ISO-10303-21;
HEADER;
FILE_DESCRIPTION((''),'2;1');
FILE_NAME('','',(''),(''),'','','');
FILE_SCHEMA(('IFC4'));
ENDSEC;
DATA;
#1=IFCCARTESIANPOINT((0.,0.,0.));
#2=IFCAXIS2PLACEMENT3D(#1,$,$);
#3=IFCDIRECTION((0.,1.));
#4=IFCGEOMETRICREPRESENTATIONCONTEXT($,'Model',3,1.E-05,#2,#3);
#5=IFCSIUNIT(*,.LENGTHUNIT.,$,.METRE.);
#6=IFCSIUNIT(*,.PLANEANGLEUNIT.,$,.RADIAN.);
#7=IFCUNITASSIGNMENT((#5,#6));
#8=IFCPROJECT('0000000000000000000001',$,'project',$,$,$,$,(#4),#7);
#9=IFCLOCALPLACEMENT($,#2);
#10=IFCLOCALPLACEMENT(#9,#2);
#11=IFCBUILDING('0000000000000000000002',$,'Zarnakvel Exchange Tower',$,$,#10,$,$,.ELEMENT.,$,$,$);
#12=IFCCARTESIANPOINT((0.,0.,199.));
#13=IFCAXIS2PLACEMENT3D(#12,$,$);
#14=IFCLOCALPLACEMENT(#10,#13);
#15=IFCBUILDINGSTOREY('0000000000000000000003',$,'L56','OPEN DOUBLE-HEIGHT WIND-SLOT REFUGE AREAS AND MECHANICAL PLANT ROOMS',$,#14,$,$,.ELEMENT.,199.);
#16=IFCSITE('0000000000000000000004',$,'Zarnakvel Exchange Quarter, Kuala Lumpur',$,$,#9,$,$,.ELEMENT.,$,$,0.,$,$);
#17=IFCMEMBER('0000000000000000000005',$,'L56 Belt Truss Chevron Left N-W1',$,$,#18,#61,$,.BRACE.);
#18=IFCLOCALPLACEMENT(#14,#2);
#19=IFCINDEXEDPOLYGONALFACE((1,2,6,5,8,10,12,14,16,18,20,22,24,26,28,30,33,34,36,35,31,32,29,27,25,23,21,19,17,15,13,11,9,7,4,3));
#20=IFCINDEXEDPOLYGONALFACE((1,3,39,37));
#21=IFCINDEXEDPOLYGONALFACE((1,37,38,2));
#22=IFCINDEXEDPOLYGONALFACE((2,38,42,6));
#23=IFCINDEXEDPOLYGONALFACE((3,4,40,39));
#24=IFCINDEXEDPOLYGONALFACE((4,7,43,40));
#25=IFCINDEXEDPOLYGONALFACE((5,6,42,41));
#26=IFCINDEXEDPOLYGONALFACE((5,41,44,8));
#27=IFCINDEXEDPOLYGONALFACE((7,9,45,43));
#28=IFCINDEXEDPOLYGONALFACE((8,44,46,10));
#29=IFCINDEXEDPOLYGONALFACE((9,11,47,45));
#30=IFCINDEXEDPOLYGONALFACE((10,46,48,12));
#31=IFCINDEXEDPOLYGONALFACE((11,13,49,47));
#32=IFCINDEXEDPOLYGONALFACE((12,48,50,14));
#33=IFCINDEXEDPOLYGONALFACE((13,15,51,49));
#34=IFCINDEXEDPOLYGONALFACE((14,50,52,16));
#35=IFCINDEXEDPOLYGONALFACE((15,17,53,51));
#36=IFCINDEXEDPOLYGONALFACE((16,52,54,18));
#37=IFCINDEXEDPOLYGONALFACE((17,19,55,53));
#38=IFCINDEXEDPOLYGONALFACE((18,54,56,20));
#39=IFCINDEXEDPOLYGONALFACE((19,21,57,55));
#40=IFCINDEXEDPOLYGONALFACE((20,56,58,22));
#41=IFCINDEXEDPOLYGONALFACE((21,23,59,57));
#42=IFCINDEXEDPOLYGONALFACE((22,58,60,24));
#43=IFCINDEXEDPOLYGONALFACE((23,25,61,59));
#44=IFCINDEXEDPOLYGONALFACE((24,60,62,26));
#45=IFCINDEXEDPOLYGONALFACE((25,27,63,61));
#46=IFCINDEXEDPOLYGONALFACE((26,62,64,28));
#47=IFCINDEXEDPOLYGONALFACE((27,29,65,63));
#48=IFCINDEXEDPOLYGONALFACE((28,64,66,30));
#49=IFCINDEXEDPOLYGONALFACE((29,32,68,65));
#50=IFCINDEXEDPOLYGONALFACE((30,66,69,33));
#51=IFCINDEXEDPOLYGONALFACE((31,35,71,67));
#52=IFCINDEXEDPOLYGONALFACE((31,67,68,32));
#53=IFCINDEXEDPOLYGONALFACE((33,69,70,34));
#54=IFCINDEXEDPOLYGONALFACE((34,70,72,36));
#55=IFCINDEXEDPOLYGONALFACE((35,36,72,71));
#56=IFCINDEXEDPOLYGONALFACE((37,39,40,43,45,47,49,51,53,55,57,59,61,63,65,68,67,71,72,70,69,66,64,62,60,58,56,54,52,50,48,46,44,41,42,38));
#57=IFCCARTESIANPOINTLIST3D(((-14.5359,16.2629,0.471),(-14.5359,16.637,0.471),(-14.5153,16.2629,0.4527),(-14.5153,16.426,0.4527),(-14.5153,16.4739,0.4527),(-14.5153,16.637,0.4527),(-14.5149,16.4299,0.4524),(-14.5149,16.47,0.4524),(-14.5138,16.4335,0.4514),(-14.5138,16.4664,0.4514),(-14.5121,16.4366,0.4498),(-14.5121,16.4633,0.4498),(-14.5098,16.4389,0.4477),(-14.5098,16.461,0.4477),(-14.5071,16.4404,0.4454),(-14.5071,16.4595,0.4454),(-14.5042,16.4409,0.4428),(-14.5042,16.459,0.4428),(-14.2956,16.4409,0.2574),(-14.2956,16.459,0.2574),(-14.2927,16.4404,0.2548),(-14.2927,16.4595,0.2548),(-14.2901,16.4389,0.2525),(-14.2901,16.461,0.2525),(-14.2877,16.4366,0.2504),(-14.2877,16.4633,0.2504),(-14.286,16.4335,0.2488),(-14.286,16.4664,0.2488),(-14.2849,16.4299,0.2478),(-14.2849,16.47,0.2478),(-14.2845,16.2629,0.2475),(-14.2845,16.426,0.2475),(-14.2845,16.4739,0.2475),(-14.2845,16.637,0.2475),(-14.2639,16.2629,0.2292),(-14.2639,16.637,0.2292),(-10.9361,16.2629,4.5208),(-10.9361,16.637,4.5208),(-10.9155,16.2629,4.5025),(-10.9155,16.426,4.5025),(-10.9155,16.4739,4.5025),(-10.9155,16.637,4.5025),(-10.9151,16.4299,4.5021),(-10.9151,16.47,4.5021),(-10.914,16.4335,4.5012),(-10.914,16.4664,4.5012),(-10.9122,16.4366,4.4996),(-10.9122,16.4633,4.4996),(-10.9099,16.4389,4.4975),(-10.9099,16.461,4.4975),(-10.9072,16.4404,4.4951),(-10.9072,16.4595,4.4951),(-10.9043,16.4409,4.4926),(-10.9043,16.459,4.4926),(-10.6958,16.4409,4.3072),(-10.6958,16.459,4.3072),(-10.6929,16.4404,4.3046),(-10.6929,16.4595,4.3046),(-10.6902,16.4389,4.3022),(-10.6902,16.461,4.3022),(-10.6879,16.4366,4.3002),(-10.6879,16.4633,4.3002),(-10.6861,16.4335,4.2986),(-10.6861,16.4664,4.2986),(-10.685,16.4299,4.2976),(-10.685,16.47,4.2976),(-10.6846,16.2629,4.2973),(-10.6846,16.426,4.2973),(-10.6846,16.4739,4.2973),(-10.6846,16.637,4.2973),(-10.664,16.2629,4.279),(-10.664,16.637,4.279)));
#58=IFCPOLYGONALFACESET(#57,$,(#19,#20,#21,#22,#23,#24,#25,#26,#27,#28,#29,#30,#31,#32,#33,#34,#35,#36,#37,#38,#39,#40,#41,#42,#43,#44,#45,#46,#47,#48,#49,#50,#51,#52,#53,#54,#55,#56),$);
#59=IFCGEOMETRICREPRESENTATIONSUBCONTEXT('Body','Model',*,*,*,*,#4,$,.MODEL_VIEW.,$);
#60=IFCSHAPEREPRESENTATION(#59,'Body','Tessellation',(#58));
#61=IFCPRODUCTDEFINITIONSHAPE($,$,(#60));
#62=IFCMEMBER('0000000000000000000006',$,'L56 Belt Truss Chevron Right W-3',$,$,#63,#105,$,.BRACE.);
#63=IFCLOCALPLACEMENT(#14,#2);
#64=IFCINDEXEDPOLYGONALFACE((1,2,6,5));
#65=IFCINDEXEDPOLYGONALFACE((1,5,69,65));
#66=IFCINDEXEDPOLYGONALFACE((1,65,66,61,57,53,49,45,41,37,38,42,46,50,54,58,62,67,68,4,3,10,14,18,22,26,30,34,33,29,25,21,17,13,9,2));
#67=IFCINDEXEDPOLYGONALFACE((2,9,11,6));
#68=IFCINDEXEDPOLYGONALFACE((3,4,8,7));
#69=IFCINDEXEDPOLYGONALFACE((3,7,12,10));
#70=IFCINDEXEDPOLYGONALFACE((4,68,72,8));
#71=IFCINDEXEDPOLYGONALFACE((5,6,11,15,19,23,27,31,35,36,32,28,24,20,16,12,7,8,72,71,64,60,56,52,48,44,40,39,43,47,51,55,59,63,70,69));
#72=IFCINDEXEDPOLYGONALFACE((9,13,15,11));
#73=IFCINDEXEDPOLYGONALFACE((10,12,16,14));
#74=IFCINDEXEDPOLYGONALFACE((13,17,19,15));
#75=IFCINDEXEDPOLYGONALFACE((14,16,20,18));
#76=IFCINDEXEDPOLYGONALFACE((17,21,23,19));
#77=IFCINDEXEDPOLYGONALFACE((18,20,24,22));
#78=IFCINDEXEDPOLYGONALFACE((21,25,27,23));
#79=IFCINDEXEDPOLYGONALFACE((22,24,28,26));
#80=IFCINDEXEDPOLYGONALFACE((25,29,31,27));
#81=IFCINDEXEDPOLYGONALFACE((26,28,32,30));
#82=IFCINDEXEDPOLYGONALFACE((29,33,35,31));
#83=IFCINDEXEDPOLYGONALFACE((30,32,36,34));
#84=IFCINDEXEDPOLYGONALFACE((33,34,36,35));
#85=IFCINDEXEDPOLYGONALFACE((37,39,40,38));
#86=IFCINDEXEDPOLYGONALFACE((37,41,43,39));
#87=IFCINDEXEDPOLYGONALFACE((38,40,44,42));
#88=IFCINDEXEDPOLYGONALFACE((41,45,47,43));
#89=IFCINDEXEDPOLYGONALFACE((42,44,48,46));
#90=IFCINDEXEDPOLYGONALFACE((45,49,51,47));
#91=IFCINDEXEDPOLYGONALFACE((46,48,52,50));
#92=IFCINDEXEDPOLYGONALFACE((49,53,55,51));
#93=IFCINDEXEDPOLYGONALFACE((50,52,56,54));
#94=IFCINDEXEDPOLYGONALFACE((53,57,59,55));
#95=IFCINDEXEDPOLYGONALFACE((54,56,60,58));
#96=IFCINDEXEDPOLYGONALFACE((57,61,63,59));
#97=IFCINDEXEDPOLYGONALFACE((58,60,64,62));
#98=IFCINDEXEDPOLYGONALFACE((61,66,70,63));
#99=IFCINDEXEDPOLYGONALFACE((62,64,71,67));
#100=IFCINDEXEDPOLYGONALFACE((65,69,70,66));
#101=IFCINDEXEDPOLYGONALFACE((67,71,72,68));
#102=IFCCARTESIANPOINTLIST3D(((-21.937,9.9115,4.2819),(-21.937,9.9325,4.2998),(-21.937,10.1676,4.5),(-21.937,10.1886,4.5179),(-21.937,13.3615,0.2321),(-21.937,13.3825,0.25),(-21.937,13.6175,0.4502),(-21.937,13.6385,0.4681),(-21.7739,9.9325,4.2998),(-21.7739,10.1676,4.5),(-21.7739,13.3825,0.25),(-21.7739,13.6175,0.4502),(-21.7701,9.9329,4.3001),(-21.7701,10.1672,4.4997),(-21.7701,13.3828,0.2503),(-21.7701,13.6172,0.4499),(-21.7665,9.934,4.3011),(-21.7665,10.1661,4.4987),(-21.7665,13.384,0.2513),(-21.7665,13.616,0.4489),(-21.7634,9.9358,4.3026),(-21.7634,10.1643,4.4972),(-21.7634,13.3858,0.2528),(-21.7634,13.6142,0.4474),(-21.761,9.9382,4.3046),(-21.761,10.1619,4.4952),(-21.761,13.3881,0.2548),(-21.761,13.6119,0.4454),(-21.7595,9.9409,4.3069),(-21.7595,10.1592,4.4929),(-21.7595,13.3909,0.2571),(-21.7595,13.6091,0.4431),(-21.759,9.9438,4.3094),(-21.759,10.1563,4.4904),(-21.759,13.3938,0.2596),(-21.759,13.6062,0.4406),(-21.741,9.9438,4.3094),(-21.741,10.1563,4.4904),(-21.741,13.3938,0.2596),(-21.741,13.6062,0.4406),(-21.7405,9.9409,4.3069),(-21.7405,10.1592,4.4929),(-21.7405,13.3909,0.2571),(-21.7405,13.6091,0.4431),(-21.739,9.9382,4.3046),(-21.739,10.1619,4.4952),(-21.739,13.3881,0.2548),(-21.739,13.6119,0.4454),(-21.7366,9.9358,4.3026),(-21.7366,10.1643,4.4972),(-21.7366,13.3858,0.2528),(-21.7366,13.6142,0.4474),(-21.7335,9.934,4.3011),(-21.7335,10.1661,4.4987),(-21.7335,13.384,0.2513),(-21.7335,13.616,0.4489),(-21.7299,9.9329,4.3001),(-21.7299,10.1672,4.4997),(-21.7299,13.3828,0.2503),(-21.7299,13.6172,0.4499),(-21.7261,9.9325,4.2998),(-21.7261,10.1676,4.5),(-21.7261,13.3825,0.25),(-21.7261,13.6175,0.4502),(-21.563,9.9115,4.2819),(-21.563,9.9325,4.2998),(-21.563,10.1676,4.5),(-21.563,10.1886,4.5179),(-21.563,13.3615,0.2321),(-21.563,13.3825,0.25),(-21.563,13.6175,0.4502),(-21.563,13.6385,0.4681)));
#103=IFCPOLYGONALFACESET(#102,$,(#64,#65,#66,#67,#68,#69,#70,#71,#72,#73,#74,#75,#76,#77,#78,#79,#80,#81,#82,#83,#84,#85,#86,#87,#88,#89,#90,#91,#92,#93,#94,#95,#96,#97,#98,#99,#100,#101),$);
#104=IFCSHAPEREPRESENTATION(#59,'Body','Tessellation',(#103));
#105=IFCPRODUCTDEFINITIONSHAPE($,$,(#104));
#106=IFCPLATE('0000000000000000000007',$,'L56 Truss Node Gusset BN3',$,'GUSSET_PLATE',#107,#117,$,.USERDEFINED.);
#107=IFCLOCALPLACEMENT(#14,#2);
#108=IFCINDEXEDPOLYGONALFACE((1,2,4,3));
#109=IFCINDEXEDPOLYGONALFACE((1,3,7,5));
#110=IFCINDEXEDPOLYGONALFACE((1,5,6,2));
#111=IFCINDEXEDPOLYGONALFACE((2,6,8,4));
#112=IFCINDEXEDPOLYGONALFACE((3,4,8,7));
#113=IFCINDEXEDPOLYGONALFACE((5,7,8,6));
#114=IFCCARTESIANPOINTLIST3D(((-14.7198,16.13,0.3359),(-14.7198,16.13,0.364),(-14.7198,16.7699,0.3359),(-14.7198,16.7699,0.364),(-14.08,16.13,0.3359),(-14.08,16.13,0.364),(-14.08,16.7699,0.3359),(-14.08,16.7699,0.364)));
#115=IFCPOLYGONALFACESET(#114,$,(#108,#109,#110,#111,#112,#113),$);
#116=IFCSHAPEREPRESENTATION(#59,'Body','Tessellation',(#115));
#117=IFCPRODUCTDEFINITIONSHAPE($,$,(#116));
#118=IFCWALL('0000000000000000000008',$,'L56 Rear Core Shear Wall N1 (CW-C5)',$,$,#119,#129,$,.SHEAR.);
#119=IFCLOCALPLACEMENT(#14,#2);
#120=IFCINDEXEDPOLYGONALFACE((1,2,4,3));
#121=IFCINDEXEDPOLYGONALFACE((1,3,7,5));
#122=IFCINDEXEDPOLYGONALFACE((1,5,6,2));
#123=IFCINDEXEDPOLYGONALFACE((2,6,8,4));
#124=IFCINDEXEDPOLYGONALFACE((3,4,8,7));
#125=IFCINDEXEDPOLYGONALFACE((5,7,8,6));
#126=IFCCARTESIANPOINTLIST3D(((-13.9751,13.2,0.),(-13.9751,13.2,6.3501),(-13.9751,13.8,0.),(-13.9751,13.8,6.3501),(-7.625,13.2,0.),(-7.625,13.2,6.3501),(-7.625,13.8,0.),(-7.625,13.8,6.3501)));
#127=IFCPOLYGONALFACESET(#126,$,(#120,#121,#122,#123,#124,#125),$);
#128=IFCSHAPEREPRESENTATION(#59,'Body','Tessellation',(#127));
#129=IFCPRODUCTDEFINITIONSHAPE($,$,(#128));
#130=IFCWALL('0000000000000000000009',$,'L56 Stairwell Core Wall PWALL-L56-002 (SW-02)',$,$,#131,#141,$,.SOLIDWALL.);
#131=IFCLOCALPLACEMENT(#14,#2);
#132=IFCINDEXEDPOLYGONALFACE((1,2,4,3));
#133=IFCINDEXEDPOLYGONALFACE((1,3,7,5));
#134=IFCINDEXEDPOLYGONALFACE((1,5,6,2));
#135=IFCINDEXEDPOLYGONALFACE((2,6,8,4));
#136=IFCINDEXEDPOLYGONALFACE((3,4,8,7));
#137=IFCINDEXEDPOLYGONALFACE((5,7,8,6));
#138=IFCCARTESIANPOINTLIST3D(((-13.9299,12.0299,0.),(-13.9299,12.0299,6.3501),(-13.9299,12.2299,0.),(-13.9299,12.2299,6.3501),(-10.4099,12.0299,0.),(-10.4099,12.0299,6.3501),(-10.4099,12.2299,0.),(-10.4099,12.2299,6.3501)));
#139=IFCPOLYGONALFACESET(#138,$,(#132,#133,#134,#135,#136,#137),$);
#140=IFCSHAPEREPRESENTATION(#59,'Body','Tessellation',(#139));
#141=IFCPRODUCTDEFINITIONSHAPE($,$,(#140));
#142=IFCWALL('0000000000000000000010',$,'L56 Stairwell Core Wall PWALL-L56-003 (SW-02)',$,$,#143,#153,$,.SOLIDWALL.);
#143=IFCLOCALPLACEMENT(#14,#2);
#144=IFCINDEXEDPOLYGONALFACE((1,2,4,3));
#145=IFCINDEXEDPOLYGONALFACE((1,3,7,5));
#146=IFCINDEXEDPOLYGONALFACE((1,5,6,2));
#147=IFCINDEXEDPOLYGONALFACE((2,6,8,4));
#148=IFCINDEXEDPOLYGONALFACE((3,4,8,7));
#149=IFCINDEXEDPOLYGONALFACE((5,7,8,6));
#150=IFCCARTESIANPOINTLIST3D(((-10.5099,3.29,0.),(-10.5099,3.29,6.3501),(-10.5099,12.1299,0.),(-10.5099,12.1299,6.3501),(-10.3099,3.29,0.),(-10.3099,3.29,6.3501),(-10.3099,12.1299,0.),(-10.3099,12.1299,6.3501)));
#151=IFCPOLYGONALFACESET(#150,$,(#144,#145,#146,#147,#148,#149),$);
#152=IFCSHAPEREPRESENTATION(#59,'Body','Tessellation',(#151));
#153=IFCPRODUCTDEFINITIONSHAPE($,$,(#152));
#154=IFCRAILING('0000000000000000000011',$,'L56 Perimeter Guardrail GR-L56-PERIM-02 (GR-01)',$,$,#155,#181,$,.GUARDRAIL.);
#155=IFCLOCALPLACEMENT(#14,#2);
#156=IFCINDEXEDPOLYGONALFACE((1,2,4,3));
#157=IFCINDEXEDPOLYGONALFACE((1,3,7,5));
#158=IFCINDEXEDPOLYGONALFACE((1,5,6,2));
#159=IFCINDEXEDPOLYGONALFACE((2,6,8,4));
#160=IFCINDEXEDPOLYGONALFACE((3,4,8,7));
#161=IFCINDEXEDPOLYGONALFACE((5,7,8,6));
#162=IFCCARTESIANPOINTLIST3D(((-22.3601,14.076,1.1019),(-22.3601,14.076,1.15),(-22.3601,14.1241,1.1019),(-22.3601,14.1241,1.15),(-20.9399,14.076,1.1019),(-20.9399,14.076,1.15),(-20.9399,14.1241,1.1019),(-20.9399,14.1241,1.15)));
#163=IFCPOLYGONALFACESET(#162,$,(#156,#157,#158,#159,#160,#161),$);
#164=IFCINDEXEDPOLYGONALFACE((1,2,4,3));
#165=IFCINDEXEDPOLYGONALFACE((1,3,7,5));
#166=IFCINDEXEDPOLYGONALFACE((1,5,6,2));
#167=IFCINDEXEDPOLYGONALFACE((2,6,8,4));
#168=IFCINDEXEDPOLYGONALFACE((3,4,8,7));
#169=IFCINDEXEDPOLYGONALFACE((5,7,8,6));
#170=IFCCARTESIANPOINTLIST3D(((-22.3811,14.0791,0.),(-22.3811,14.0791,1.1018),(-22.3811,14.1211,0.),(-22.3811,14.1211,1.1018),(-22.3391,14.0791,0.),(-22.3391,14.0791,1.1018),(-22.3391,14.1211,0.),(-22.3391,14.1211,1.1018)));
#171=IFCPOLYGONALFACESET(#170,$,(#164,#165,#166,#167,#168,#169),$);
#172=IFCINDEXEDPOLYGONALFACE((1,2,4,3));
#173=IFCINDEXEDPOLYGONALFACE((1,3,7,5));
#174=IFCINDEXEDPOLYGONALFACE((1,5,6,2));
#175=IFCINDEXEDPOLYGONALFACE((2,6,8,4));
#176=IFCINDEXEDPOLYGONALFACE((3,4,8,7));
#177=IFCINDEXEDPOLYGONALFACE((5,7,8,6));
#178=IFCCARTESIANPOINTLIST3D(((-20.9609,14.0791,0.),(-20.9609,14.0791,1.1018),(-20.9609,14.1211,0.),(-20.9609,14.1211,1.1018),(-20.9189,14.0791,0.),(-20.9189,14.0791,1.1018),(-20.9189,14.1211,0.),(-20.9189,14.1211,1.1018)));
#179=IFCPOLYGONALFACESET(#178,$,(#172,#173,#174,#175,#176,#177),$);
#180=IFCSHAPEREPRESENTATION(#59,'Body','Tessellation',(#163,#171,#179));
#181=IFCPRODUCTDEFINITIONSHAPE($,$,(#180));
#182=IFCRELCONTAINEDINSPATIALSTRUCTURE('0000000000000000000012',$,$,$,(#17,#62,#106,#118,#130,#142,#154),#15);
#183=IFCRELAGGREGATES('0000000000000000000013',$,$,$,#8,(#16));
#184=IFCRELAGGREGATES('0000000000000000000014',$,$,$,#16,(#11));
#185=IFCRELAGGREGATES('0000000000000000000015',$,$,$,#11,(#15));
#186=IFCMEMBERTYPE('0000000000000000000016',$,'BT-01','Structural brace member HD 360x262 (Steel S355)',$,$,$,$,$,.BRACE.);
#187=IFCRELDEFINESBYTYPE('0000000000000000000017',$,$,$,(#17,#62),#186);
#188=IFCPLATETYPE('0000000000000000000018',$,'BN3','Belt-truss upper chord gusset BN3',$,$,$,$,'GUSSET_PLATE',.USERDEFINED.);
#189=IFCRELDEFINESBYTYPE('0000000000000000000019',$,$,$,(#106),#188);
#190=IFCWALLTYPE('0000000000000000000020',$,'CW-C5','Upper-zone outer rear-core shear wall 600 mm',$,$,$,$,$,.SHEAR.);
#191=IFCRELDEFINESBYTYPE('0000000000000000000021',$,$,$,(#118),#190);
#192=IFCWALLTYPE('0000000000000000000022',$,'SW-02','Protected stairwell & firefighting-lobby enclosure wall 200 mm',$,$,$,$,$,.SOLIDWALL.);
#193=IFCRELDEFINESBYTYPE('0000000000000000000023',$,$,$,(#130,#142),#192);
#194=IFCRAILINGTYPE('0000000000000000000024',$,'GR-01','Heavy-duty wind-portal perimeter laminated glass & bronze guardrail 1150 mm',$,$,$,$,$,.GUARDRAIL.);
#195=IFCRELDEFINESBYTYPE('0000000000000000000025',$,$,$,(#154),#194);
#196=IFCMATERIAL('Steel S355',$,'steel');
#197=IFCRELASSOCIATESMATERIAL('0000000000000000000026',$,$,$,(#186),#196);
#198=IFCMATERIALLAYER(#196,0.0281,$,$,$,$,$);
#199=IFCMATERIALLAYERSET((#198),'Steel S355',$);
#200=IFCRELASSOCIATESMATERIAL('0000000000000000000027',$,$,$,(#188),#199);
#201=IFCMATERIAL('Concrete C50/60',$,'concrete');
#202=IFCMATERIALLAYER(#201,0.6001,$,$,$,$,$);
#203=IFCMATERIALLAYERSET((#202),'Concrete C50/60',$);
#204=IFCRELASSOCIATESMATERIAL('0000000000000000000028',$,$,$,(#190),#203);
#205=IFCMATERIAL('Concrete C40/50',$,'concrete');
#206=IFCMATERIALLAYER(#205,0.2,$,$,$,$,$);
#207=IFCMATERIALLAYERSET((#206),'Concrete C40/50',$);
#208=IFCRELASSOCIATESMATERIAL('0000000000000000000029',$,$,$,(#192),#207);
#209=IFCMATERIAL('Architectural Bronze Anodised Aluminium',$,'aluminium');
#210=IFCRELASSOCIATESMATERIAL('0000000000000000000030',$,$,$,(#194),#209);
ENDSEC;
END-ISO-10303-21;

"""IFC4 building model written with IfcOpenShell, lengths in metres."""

from ifc_helpers import new_model, si_unit, direction, frame, frame_2d, origin, origin_2d, place, context, subcontext, project, spatial, rectangle, i_section, extrude, source, transform, mapped, material, layer, layer_set, material_profile, profile_set, type_object, element, save


model = new_model("IFC4")

# Units and contexts
model_context = context("Model", 3, precision=1e-05, world=origin(), true_north=direction((0.0, 1.0)))
body_context = subcontext(model_context, "Body", "Model", "MODEL_VIEW")
ifc_project = project(units=[si_unit("LENGTHUNIT", "METRE"), si_unit("PLANEANGLEUNIT", "RADIAN")], contexts=[model_context])

# Site, building, storey
site_placement = place(None, origin())
site = spatial("IfcSite", under=ifc_project, at=site_placement, Name="Zarnakvel Exchange Quarter, Kuala Lumpur", CompositionType="ELEMENT", RefElevation=0.0)
building_placement = place(site_placement, origin())
building = spatial("IfcBuilding", under=site, at=building_placement, Name="Zarnakvel Exchange Tower", CompositionType="ELEMENT")
storey_placement = place(building_placement, frame((0.0, 0.0, 199.0)))
storey = spatial("IfcBuildingStorey", under=building, at=storey_placement, Name="L56", Description="OPEN DOUBLE-HEIGHT WIND-SLOT REFUGE AREAS AND MECHANICAL PLANT ROOMS", CompositionType="ELEMENT", Elevation=199.0)

# Shared definitions
ifc_material_1 = material(Name="Concrete C50/60", Category="concrete")
ifc_material_2 = material(Name="Steel S355", Category="steel")

# Members
ifc_material_profile_1 = material_profile(ifc_material_2, i_section(OverallWidth=0.374, OverallDepth=0.364, WebThickness=0.0181, FlangeThickness=0.0276, FilletRadius=0.0149, at=origin_2d()))
ifc_profile_set_1 = profile_set([ifc_material_profile_1], Name="Steel S355")
member_type_1 = type_object("IfcMemberType", Name="BT-01", Description="Structural brace member HD 360x262 (Steel S355)", PredefinedType="BRACE", material=ifc_profile_set_1)
shared_shape_1 = source(origin(), body_context, "Body", "SweptSolid", [
    extrude(i_section(OverallWidth=0.374, OverallDepth=0.364, WebThickness=0.0181, FlangeThickness=0.0276, FilletRadius=0.0149, at=origin_2d()), origin(), (0.0, 0.0, 1.0), 5.4185),
])
member_1_placement = place(storey_placement, frame((-14.3999, 16.45, 0.3501), z_axis=(0.664367, 0.0, 0.747407), x_axis=(0.0, 1.0, 0.0)))
element("IfcMember", 1, at=member_1_placement, inside=storey, type_object=member_type_1, Name="L56 Belt Truss Chevron Left N-W1", PredefinedType="BRACE", context=body_context, shape_type="MappedRepresentation", body=[
    mapped(shared_shape_1, transform((0.0, 0.0, 0.0), x_axis=(1.0, 0.0, 0.0), y_axis=(0.0, 1.0, 0.0), z_axis=(0.0, 0.0, 1.0), scale=1.0)),
])
shared_shape_2 = source(origin(), body_context, "Body", "SweptSolid", [
    extrude(i_section(OverallWidth=0.374, OverallDepth=0.364, WebThickness=0.0181, FlangeThickness=0.0276, FilletRadius=0.0149, at=origin_2d()), origin(), (0.0, 0.0, 1.0), 5.3201),
])
member_2_placement = place(storey_placement, frame((-21.75, 13.5, 0.3501), z_axis=(0.0, -0.648479, 0.761232), x_axis=(1.0, 0.0, 0.0)))
element("IfcMember", 2, at=member_2_placement, inside=storey, type_object=member_type_1, Name="L56 Belt Truss Chevron Right W-3", PredefinedType="BRACE", context=body_context, shape_type="MappedRepresentation", body=[
    mapped(shared_shape_2, transform((0.0, 0.0, 0.0), x_axis=(1.0, 0.0, 0.0), y_axis=(0.0, 1.0, 0.0), z_axis=(0.0, 0.0, 1.0), scale=1.0)),
])

# Plate
ifc_layer_1 = layer(ifc_material_2, 0.0281)
ifc_layer_set_1 = layer_set([ifc_layer_1], Name="Steel S355")
plate_type = type_object("IfcPlateType", Name="BN3", Description="Belt-truss upper chord gusset BN3", ElementType="GUSSET_PLATE", PredefinedType="USERDEFINED", material=ifc_layer_set_1)
shared_shape_3 = source(origin(), body_context, "Body", "SweptSolid", [
    extrude(rectangle(XDim=0.6399, YDim=0.6399, at=origin_2d()), origin(), (0.0, 0.0, 1.0), 0.0281),
])
plate_placement = place(storey_placement, frame((-14.3999, 16.45, 0.3359), z_axis=(0.0, 0.0, 1.0), x_axis=(1.0, 0.0, 0.0)))
element("IfcPlate", 3, at=plate_placement, inside=storey, type_object=plate_type, Name="L56 Truss Node Gusset BN3", ObjectType="GUSSET_PLATE", PredefinedType="USERDEFINED", context=body_context, shape_type="MappedRepresentation", body=[
    mapped(shared_shape_3, transform((0.0, 0.0, 0.0), x_axis=(1.0, 0.0, 0.0), y_axis=(0.0, 1.0, 0.0), z_axis=(0.0, 0.0, 1.0), scale=1.0)),
])

# Walls
ifc_layer_2 = layer(ifc_material_1, 0.6001)
ifc_layer_set_2 = layer_set([ifc_layer_2], Name="Concrete C50/60")
wall_type_1 = type_object("IfcWallType", Name="CW-C5", Description="Upper-zone outer rear-core shear wall 600 mm", PredefinedType="SHEAR", material=ifc_layer_set_2)
wall_1_placement = place(storey_placement, frame((-13.9751, 13.5, 0.0), z_axis=(0.0, 0.0, 1.0), x_axis=(1.0, 0.0, 0.0)))
element("IfcWall", 4, at=wall_1_placement, inside=storey, type_object=wall_type_1, Name="L56 Rear Core Shear Wall N1 (CW-C5)", PredefinedType="SHEAR", context=body_context, shape_type="SweptSolid", body=[
    extrude(rectangle(XDim=6.3501, YDim=0.6001, at=frame_2d((3.175, 0.0))), origin(), (0.0, 0.0, 1.0), 6.3501),
])
ifc_material_3 = material(Name="Concrete C40/50", Category="concrete")
ifc_layer_3 = layer(ifc_material_3, 0.2)
ifc_layer_set_3 = layer_set([ifc_layer_3], Name="Concrete C40/50")
wall_type_2 = type_object("IfcWallType", Name="SW-02", Description="Protected stairwell & firefighting-lobby enclosure wall 200 mm", PredefinedType="SOLIDWALL", material=ifc_layer_set_3)
wall_2_placement = place(storey_placement, frame((-13.9299, 12.1299, 0.0), z_axis=(0.0, 0.0, 1.0), x_axis=(1.0, 0.0, 0.0)))
element("IfcWall", 5, at=wall_2_placement, inside=storey, type_object=wall_type_2, Name="L56 Stairwell Core Wall PWALL-L56-002 (SW-02)", PredefinedType="SOLIDWALL", context=body_context, shape_type="SweptSolid", body=[
    extrude(rectangle(XDim=3.52, YDim=0.2, at=frame_2d((1.76, 0.0))), origin(), (0.0, 0.0, 1.0), 6.3501),
])
wall_3_placement = place(storey_placement, frame((-10.4099, 12.1299, 0.0), z_axis=(0.0, 0.0, 1.0), x_axis=(0.0, -1.0, 0.0)))
element("IfcWall", 6, at=wall_3_placement, inside=storey, type_object=wall_type_2, Name="L56 Stairwell Core Wall PWALL-L56-003 (SW-02)", PredefinedType="SOLIDWALL", context=body_context, shape_type="SweptSolid", body=[
    extrude(rectangle(XDim=8.8398, YDim=0.2, at=frame_2d((4.4199, 0.0))), origin(), (0.0, 0.0, 1.0), 6.3501),
])

# Railing
ifc_material_4 = material(Name="Architectural Bronze Anodised Aluminium", Category="aluminium")
railing_type = type_object("IfcRailingType", Name="GR-01", Description="Heavy-duty wind-portal perimeter laminated glass & bronze guardrail 1150 mm", PredefinedType="GUARDRAIL", material=ifc_material_4)
railing_1_placement = place(storey_placement, frame((-22.3601, 14.1001, 0.0)))
element("IfcRailing", 7, at=railing_1_placement, inside=storey, type_object=railing_type, Name="L56 Perimeter Guardrail GR-L56-PERIM-02 (GR-01)", PredefinedType="GUARDRAIL", context=body_context, shape_type="SweptSolid", body=[
    extrude(rectangle(XDim=0.0481, YDim=0.0481, at=origin_2d()), frame((0.0, 0.0, 1.126), z_axis=(1.0, 0.0, 0.0), x_axis=(0.0, 1.0, 0.0)), (0.0, 0.0, 1.0), 1.4202),
    extrude(rectangle(XDim=0.042, YDim=0.042, at=origin_2d()), origin(), (0.0, 0.0, 1.0), 1.1018),
    extrude(rectangle(XDim=0.042, YDim=0.042, at=origin_2d()), frame((1.4202, 0.0, 0.0)), (0.0, 0.0, 1.0), 1.1018),
])

save(model, "model.ifc")
